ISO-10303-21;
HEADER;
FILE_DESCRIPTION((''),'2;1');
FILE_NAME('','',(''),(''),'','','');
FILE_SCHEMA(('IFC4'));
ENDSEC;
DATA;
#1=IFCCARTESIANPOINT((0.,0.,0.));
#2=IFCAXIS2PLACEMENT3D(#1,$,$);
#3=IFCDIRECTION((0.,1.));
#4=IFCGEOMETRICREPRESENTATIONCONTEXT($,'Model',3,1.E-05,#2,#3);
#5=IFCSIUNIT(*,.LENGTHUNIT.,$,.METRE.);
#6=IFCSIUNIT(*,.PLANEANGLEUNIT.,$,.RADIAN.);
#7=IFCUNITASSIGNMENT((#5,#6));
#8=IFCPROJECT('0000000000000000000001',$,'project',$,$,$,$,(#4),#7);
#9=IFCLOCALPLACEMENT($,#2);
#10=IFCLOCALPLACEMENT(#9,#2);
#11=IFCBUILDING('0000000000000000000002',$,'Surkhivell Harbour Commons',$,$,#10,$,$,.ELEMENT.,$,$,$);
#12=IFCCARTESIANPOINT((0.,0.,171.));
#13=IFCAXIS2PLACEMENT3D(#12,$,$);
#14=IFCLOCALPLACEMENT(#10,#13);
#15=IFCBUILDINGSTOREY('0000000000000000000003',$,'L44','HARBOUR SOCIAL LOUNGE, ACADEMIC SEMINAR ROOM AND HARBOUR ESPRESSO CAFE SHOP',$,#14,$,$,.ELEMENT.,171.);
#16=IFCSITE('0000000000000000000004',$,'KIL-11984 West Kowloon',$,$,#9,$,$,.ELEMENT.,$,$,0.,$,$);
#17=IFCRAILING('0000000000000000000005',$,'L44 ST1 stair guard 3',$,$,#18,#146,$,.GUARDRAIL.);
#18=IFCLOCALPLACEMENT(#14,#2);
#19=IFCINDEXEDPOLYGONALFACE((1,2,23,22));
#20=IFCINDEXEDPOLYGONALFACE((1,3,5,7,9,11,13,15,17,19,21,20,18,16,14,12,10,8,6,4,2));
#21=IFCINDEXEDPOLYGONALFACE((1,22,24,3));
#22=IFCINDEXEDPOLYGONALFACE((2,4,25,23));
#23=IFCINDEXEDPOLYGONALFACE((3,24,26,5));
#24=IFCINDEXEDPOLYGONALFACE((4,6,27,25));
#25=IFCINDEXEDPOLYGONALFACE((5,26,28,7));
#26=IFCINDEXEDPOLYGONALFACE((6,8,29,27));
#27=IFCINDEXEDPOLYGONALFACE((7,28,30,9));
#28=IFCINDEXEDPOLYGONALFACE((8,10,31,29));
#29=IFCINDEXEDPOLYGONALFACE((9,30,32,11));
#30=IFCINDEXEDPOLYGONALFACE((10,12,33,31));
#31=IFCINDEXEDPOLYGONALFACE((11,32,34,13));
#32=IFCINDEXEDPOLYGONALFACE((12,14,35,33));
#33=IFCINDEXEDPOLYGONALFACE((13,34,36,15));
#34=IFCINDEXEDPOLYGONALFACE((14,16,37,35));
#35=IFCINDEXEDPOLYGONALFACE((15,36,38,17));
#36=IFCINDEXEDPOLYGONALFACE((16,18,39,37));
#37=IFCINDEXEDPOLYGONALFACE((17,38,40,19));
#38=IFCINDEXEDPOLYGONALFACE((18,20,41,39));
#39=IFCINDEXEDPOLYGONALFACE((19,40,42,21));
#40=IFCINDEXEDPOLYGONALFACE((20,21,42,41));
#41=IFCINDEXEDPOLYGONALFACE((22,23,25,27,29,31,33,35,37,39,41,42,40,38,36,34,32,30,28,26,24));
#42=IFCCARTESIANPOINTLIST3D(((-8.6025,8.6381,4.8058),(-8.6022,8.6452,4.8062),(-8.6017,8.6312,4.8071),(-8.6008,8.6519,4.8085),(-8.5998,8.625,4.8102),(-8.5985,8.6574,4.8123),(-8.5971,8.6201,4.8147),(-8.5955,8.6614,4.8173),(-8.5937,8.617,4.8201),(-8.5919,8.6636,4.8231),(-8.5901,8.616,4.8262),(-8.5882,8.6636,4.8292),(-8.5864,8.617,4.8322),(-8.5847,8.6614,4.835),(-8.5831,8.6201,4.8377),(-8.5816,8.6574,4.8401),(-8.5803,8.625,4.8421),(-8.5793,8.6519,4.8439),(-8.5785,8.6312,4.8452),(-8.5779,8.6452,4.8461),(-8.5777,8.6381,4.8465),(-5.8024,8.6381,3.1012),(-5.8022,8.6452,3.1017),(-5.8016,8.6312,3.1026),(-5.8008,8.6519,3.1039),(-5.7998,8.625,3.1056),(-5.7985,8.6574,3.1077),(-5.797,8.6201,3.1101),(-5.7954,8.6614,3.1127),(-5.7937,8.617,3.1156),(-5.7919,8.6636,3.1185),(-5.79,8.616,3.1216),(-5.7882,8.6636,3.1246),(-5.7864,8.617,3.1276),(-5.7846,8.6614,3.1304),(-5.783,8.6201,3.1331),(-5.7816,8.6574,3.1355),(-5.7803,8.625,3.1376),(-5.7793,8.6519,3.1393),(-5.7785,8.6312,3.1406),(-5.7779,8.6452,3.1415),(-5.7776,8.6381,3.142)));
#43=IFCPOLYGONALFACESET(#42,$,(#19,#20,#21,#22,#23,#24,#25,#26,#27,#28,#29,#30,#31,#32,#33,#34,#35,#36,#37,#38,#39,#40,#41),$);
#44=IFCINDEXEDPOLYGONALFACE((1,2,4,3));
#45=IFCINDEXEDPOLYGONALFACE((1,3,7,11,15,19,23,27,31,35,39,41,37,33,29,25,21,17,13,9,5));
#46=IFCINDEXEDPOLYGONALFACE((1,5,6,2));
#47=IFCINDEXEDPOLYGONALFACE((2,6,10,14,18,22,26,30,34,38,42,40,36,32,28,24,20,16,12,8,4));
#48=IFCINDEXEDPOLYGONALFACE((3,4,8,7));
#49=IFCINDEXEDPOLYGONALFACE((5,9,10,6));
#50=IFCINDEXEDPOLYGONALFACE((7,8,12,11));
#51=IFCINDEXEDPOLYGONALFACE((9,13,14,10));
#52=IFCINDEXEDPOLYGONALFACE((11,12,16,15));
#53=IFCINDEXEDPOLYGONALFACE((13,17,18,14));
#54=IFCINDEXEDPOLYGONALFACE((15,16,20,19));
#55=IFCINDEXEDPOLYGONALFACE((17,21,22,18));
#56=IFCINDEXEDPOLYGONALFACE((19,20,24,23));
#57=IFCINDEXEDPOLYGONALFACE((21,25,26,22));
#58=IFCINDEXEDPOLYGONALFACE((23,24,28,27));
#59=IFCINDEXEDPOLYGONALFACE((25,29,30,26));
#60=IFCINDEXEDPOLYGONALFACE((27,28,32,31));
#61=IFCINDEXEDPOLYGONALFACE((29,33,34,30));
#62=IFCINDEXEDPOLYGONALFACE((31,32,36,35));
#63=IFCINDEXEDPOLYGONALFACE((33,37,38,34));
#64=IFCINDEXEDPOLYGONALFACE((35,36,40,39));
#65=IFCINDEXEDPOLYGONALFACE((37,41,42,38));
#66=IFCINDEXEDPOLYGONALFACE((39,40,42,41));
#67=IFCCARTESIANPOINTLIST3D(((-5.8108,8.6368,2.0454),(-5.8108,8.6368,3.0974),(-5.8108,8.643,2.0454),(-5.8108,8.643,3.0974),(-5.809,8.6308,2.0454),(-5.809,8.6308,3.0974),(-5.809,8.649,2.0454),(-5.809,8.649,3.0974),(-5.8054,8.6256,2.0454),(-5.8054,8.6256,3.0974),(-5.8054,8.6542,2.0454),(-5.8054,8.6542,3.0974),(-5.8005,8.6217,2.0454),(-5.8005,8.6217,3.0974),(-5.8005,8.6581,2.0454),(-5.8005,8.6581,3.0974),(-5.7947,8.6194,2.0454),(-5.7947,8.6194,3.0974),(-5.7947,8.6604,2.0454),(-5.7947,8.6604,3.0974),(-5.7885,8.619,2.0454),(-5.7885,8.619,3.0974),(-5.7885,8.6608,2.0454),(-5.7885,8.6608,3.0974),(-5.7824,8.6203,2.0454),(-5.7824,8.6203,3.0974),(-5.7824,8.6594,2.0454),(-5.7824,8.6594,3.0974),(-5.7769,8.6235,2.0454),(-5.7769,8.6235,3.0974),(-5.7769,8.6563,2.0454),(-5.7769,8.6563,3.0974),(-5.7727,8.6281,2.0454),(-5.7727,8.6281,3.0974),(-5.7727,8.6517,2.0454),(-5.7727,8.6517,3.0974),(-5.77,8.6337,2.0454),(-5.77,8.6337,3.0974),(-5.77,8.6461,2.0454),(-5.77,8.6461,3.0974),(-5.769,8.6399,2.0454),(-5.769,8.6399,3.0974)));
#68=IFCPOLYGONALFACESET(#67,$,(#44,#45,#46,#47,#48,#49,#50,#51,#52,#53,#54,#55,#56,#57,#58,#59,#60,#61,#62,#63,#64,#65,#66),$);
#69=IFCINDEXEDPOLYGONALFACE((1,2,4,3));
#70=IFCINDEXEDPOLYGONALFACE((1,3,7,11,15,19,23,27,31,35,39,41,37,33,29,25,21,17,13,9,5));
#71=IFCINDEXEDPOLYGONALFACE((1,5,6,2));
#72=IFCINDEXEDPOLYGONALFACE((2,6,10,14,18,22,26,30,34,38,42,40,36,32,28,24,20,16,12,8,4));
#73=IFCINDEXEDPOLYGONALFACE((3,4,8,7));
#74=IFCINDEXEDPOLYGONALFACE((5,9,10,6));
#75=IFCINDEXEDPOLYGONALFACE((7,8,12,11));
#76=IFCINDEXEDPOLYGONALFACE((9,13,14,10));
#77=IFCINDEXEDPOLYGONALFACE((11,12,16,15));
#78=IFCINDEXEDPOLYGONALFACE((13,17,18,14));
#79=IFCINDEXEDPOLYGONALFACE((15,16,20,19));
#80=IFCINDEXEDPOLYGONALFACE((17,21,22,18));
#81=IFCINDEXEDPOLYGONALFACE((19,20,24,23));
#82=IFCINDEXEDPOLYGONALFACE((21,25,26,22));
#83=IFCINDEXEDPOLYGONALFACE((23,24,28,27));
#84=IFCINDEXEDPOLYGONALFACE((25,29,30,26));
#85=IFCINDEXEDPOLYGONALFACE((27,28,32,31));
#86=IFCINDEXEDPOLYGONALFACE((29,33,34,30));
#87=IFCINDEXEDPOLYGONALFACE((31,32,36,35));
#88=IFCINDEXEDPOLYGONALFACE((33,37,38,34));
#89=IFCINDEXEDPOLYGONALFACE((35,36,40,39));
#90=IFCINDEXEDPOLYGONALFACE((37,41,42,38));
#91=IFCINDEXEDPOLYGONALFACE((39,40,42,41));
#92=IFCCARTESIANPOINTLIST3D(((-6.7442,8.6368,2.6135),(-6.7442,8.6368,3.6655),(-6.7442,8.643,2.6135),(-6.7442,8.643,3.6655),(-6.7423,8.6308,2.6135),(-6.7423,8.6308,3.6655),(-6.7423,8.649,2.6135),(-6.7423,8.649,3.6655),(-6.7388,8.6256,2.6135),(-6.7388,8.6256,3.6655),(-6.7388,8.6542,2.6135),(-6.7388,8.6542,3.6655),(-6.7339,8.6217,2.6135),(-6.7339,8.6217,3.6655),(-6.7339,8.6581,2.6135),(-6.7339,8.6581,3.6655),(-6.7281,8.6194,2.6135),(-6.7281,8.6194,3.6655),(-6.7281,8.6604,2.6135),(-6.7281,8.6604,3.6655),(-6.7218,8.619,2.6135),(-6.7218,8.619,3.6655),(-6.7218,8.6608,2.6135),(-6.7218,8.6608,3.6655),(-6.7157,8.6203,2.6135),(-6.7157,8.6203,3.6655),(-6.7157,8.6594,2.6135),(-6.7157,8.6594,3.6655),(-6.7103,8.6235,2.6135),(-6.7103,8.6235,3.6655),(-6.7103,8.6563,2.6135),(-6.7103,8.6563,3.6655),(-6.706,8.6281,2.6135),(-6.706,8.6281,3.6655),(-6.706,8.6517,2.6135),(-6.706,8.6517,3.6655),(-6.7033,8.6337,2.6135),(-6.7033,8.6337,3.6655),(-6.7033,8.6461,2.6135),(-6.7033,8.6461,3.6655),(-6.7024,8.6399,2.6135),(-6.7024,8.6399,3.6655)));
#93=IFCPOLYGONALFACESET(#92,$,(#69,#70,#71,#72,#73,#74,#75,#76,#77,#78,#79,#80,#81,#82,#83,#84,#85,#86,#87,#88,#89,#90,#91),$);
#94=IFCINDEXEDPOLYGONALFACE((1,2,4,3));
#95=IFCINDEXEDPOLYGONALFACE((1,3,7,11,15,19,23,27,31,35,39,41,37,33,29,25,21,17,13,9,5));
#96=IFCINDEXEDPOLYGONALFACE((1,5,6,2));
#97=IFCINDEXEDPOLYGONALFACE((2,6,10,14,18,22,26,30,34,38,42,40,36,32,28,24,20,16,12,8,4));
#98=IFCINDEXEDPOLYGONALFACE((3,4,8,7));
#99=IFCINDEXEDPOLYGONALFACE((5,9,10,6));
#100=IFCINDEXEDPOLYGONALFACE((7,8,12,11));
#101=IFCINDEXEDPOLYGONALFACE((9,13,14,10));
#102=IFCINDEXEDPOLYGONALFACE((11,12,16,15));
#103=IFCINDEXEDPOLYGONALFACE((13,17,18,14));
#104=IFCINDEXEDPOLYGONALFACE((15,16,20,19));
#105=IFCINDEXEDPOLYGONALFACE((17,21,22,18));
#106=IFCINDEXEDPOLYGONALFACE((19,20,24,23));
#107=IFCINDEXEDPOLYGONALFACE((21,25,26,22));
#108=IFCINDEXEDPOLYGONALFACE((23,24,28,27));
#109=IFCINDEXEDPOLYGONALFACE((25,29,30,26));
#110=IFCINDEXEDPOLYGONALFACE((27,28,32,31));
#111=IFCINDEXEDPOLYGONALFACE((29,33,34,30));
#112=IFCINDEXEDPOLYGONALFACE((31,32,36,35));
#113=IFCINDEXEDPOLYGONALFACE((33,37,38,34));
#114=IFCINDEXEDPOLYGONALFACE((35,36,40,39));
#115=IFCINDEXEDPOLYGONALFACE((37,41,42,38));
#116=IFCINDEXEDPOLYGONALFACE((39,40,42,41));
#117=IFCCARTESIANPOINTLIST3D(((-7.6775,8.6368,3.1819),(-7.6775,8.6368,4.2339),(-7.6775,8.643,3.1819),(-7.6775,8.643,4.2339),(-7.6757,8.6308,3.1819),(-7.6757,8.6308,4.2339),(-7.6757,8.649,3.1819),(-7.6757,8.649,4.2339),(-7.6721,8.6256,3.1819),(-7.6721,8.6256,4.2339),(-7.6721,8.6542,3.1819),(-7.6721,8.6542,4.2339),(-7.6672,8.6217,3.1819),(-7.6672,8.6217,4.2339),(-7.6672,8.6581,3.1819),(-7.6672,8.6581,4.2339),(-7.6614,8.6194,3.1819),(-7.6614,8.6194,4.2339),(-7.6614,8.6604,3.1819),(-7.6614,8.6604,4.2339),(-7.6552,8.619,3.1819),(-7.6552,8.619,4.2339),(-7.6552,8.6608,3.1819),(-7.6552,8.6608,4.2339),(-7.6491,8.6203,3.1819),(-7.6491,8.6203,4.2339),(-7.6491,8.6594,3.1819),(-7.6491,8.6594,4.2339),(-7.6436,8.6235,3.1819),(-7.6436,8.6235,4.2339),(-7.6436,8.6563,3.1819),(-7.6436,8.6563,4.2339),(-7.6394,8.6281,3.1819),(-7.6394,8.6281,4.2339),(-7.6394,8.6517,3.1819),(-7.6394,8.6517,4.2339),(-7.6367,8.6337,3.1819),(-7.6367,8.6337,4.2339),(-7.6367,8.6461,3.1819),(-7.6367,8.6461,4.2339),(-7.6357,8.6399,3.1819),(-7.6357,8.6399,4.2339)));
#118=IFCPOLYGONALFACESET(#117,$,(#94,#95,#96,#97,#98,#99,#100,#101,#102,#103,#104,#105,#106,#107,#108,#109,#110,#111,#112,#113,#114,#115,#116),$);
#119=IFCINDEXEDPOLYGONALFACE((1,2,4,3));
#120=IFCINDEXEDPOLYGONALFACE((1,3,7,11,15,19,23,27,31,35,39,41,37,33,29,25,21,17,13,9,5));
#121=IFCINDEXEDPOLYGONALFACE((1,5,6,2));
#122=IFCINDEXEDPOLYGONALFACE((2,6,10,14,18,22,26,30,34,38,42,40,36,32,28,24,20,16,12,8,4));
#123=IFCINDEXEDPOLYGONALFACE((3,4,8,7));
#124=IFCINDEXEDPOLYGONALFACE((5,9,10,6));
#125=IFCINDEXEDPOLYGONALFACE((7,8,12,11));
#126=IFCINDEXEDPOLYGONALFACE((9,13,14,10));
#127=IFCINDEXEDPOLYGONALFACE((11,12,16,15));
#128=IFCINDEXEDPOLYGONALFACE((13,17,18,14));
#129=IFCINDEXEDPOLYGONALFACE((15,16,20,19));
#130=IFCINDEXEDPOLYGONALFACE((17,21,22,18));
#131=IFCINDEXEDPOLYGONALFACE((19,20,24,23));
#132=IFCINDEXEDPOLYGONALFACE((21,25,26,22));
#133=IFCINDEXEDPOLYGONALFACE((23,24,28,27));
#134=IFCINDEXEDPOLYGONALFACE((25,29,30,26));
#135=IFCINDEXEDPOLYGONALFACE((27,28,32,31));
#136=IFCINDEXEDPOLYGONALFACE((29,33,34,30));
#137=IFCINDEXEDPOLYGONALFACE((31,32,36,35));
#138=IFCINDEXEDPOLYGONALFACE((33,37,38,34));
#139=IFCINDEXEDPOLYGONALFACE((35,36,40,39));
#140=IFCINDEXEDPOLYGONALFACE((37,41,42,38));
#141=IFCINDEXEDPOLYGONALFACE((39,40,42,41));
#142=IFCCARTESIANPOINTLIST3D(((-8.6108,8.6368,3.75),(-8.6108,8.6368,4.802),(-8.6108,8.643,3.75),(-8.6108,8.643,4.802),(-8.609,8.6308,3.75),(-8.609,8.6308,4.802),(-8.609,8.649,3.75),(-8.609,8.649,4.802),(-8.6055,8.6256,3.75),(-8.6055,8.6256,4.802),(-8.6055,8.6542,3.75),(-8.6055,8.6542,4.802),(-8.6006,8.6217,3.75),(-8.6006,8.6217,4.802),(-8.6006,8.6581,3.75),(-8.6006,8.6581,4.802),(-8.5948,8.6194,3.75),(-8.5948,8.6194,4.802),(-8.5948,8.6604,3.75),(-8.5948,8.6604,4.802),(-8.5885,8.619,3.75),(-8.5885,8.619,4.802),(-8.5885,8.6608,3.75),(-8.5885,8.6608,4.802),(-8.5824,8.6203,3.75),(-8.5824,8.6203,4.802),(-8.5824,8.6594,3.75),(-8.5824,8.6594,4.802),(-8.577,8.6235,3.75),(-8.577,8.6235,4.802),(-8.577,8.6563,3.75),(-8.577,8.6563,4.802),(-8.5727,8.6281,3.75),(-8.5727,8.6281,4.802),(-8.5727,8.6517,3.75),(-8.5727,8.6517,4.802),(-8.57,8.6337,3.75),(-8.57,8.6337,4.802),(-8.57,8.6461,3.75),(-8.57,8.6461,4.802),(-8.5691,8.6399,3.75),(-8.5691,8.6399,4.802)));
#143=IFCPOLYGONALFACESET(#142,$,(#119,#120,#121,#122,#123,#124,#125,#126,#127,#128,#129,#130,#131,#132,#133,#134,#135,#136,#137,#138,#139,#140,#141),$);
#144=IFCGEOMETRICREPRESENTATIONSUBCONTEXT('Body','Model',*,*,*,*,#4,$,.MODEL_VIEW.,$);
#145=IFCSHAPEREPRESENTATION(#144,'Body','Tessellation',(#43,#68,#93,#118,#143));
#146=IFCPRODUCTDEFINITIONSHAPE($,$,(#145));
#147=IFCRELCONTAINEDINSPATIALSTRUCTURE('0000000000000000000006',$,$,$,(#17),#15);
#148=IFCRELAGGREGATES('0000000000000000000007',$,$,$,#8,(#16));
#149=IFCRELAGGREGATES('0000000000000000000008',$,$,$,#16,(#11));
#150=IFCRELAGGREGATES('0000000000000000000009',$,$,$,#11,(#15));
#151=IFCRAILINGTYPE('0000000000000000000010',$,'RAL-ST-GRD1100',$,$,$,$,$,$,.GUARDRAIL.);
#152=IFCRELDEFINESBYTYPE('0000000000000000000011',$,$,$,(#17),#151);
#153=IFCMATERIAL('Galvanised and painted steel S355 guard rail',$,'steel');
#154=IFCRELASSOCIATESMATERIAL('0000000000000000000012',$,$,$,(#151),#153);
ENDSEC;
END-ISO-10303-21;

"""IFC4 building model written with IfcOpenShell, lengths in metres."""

from ifc_helpers import new_model, si_unit, direction, frame, origin, origin_2d, place, context, subcontext, project, spatial, circle, extrude, material, type_object, element, save


model = new_model("IFC4")

# Units and contexts
model_context = context("Model", 3, precision=1e-05, world=origin(), true_north=direction((0.0, 1.0)))
body_context = subcontext(model_context, "Body", "Model", "MODEL_VIEW")
ifc_project = project(units=[si_unit("LENGTHUNIT", "METRE"), si_unit("PLANEANGLEUNIT", "RADIAN")], contexts=[model_context])

# Site, building, storey
site_placement = place(None, origin())
site = spatial("IfcSite", under=ifc_project, at=site_placement, Name="KIL-11984 West Kowloon", CompositionType="ELEMENT", RefElevation=0.0)
building_placement = place(site_placement, origin())
building = spatial("IfcBuilding", under=site, at=building_placement, Name="Surkhivell Harbour Commons", CompositionType="ELEMENT")
storey_placement = place(building_placement, frame((0.0, 0.0, 171.0)))
storey = spatial("IfcBuildingStorey", under=building, at=storey_placement, Name="L44", Description="HARBOUR SOCIAL LOUNGE, ACADEMIC SEMINAR ROOM AND HARBOUR ESPRESSO CAFE SHOP", CompositionType="ELEMENT", Elevation=171.0)

# Railing
ifc_material_1 = material(Name="Galvanised and painted steel S355 guard rail", Category="steel")
railing_type_1 = type_object("IfcRailingType", Name="RAL-ST-GRD1100", PredefinedType="GUARDRAIL", material=ifc_material_1)
railing_1_placement = place(storey_placement, frame((-5.79, 8.6399, 2.0454)))
element("IfcRailing", 1, at=railing_1_placement, inside=storey, type_object=railing_type_1, Name="L44 ST1 stair guard 3", PredefinedType="GUARDRAIL", context=body_context, shape_type="SweptSolid", body=[
    extrude(circle(Radius=0.0239, at=origin_2d()), frame((0.0, 0.0, 1.0762), z_axis=(-0.85417, 0.0, 0.519994), x_axis=(0.0, -1.0, 0.0)), (0.0, 0.0, 1.0), 3.2781),
    extrude(circle(Radius=0.021, at=origin_2d()), origin(), (0.0, 0.0, 1.0), 1.052),
    extrude(circle(Radius=0.021, at=origin_2d()), frame((-0.9333, 0.0, 0.5681)), (0.0, 0.0, 1.0), 1.052),
    extrude(circle(Radius=0.021, at=origin_2d()), frame((-1.8667, 0.0, 1.1365)), (0.0, 0.0, 1.0), 1.052),
    extrude(circle(Radius=0.021, at=origin_2d()), frame((-2.8, 0.0, 1.7046)), (0.0, 0.0, 1.0), 1.052),
])

save(model, "model.ifc")
